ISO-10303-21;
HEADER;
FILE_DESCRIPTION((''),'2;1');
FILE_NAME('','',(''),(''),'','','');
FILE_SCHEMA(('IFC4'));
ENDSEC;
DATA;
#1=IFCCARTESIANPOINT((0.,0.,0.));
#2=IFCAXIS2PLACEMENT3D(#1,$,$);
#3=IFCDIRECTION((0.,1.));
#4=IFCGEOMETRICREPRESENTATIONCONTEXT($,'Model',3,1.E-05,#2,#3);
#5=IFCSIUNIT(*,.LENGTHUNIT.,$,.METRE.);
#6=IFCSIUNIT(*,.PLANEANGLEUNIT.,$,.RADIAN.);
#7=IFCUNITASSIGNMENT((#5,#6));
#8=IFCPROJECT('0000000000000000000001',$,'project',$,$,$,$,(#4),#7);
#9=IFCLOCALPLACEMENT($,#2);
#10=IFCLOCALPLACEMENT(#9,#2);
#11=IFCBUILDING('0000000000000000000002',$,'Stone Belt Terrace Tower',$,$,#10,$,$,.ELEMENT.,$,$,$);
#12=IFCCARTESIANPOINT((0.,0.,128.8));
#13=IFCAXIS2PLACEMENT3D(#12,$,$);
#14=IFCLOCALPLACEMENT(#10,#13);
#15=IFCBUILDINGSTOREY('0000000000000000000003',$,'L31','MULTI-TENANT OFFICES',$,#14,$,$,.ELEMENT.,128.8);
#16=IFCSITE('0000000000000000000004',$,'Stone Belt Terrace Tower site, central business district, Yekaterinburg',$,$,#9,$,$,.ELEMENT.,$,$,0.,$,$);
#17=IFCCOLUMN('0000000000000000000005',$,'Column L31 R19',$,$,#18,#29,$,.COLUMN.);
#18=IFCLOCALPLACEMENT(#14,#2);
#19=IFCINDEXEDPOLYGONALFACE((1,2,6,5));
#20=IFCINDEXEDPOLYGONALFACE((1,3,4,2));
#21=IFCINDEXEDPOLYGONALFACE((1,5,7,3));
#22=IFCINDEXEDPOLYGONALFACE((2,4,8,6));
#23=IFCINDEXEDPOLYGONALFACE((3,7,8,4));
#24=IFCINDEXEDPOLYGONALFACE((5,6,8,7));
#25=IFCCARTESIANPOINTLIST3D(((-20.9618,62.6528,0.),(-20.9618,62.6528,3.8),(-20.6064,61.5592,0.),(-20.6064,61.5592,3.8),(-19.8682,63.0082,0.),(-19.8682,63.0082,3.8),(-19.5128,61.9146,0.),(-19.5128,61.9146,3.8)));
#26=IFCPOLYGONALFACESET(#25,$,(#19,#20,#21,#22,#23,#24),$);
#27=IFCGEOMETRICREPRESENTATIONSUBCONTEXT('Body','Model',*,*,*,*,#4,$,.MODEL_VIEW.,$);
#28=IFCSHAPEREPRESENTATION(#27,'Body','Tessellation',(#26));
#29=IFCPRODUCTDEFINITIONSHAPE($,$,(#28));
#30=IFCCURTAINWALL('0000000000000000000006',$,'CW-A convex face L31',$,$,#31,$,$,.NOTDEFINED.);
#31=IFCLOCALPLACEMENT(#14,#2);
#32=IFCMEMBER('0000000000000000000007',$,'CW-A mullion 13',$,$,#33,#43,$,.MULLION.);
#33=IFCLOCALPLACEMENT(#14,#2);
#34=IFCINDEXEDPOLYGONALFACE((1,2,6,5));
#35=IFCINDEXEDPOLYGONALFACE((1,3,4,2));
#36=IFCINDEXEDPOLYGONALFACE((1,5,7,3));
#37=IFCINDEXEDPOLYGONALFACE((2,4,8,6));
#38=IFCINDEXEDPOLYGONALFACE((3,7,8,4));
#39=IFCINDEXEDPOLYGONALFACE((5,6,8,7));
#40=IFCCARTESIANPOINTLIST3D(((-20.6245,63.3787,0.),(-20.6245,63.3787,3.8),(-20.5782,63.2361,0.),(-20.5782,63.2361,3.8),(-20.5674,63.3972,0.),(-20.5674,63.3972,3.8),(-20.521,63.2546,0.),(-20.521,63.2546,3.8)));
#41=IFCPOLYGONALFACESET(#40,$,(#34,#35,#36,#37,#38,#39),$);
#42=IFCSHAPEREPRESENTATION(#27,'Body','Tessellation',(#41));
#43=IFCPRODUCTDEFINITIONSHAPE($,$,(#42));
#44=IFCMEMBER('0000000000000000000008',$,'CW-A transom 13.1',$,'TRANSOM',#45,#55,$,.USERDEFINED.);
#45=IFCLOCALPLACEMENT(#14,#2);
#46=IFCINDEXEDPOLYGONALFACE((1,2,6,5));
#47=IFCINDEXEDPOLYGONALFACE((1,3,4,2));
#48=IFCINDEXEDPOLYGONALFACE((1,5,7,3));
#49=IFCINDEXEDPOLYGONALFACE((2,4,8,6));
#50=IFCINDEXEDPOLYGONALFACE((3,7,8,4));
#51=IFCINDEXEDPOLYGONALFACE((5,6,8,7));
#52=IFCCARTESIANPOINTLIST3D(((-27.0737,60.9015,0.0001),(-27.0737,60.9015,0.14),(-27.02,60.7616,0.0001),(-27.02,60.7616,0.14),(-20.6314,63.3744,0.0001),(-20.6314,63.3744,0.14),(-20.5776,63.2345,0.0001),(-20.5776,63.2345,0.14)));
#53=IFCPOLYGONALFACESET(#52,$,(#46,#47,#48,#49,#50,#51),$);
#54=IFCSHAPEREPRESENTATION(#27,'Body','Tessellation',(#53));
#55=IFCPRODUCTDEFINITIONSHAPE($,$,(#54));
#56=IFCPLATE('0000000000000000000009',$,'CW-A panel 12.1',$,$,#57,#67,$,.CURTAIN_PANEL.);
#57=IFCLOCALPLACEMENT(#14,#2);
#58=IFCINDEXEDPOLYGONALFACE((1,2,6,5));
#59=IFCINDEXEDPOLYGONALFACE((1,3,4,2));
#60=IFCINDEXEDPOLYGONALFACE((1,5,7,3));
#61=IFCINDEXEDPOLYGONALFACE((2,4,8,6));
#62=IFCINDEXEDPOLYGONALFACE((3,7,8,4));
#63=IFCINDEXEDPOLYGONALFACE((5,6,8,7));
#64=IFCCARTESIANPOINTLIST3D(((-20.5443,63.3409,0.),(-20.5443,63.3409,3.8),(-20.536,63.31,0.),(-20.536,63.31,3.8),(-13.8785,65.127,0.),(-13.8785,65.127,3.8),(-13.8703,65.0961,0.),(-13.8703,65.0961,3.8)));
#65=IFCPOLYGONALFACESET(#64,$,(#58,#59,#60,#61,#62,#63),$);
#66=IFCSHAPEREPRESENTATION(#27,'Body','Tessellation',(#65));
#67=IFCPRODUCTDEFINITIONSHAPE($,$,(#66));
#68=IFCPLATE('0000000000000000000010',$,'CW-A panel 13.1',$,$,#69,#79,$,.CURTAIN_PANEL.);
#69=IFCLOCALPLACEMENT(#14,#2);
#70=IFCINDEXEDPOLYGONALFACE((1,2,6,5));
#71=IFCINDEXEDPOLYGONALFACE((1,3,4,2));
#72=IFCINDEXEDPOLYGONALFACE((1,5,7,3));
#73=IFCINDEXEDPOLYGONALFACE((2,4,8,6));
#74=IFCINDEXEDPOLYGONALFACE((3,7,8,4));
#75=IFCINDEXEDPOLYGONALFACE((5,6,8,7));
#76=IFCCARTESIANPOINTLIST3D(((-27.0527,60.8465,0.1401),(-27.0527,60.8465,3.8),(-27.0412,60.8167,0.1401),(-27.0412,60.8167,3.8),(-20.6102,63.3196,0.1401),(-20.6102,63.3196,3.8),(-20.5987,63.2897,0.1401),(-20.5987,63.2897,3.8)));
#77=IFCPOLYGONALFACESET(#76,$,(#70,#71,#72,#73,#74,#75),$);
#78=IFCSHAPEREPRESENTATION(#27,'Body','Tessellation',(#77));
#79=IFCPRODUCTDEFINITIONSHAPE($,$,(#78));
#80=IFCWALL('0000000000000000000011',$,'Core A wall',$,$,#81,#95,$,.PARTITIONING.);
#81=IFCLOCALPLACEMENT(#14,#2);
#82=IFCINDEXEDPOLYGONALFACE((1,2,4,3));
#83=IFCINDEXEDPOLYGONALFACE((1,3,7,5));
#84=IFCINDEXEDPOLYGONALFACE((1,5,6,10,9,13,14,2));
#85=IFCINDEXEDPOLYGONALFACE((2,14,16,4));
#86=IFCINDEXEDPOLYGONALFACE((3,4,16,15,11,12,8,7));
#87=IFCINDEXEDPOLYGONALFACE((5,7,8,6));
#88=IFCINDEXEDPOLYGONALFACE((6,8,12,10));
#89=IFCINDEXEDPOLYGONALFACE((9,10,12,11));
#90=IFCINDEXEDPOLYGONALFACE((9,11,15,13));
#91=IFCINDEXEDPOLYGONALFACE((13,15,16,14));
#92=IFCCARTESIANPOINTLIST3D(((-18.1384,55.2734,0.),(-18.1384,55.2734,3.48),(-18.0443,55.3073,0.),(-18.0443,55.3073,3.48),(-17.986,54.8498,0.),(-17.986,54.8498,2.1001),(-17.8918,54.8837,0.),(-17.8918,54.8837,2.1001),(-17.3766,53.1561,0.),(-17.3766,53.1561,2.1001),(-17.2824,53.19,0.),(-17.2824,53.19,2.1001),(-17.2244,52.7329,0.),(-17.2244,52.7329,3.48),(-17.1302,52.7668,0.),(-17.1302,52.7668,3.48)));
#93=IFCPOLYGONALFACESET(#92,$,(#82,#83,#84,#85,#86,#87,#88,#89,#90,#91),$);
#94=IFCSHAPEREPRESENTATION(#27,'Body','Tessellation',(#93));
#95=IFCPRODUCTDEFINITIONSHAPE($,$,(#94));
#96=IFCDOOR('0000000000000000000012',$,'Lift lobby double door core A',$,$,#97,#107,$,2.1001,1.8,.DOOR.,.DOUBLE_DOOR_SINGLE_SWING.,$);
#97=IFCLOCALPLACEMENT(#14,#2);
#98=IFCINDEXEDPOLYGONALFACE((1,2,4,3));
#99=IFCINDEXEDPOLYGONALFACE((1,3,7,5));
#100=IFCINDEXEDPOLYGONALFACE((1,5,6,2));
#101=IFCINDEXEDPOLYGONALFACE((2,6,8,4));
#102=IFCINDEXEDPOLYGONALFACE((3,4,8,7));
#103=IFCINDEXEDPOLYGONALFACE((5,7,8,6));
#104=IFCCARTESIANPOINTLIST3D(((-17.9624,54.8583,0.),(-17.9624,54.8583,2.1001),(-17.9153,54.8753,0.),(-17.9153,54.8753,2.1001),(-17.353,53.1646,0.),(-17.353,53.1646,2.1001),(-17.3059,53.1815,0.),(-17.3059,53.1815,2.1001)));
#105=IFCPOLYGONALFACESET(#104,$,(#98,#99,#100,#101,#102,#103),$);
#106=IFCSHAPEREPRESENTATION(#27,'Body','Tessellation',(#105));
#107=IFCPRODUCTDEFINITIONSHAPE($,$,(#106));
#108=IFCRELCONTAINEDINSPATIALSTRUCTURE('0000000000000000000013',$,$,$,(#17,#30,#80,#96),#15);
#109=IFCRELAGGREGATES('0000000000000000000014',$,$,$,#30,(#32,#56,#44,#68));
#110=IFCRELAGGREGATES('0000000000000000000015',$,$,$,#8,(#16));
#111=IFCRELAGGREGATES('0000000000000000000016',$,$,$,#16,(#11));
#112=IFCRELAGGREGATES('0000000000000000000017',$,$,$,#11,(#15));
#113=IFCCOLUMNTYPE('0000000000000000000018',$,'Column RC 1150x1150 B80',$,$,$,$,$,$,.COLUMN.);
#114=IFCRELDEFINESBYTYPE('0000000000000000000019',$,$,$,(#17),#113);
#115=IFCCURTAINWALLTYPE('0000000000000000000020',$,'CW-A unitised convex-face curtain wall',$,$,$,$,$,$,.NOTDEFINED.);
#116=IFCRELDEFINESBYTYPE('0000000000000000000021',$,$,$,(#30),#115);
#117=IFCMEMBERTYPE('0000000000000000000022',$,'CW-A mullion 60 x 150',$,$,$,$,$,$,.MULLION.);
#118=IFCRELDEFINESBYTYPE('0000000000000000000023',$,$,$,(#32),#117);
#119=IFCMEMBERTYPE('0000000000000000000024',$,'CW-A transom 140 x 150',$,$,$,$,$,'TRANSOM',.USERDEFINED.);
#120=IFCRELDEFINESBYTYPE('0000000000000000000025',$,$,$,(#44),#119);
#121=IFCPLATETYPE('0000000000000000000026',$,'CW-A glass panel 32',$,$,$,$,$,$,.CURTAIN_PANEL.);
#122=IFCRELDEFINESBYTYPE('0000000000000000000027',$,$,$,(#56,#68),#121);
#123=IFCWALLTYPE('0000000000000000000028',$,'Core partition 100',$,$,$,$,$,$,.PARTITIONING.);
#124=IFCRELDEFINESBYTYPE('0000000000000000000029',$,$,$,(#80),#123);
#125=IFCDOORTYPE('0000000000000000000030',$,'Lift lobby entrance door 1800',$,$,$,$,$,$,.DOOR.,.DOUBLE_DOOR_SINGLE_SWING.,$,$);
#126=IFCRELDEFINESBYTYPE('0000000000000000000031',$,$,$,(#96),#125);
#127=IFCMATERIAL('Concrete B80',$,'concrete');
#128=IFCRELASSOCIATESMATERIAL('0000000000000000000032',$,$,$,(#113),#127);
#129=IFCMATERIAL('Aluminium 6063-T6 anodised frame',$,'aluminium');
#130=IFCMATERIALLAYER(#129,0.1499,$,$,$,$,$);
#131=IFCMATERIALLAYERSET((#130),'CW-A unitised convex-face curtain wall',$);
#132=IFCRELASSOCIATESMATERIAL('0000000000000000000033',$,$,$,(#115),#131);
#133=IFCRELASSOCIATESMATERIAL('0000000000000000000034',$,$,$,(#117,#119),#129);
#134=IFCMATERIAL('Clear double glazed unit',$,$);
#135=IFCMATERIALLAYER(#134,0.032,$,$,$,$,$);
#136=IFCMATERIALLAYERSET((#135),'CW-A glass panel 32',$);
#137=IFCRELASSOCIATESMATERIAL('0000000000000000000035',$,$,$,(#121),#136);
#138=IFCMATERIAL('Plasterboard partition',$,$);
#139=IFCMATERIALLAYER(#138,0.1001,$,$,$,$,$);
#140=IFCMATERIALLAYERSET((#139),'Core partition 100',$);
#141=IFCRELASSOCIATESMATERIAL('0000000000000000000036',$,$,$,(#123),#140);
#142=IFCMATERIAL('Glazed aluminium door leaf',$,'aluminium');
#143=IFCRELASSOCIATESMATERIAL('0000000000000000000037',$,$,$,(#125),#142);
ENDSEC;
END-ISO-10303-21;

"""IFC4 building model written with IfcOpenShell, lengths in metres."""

from ifc_helpers import new_model, si_unit, direction, frame, frame_2d, origin, origin_2d, place, context, subcontext, project, spatial, rectangle, extrude, material, layer, layer_set, material_profile, profile_set, type_object, element, fill, aggregate, save


model = new_model("IFC4")

# Units and contexts
model_context = context("Model", 3, precision=1e-05, world=origin(), true_north=direction((0.0, 1.0)))
body_context = subcontext(model_context, "Body", "Model", "MODEL_VIEW")
ifc_project = project(units=[si_unit("LENGTHUNIT", "METRE"), si_unit("PLANEANGLEUNIT", "RADIAN")], contexts=[model_context])

# Site, building, storey
site_placement = place(None, origin())
site = spatial("IfcSite", under=ifc_project, at=site_placement, Name="Stone Belt Terrace Tower site, central business district, Yekaterinburg", CompositionType="ELEMENT", RefElevation=0.0)
building_placement = place(site_placement, origin())
building = spatial("IfcBuilding", under=site, at=building_placement, Name="Stone Belt Terrace Tower", CompositionType="ELEMENT")
storey_placement = place(building_placement, frame((0.0, 0.0, 128.8)))
storey = spatial("IfcBuildingStorey", under=building, at=storey_placement, Name="L31", Description="MULTI-TENANT OFFICES", CompositionType="ELEMENT", Elevation=128.8)

# Column
ifc_material_1 = material(Name="Concrete B80", Category="concrete")
ifc_material_profile_1 = material_profile(ifc_material_1, rectangle(XDim=1.1499, YDim=1.1499, at=origin_2d()), Name="RC 1150x1150")
ifc_profile_set_1 = profile_set([ifc_material_profile_1], Name="Concrete B80")
column_type = type_object("IfcColumnType", Name="Column RC 1150x1150 B80", PredefinedType="COLUMN", material=ifc_profile_set_1)
column_placement = place(storey_placement, frame((-20.2373, 62.2837, 0.0), z_axis=(0.0, 0.0, 1.0), x_axis=(0.951057, 0.309017, 0.0)))
element("IfcColumn", 1, at=column_placement, inside=storey, type_object=column_type, Name="Column L31 R19", PredefinedType="COLUMN", context=body_context, shape_type="SweptSolid", body=[
    extrude(rectangle(XDim=1.1499, YDim=1.1499, at=origin_2d()), origin(), (0.0, 0.0, 1.0), 3.8),
])

# Curtain wall, members, plates
ifc_material_2 = material(Name="Aluminium 6063-T6 anodised frame", Category="aluminium")
ifc_layer_1 = layer(ifc_material_2, 0.1499)
ifc_layer_set_1 = layer_set([ifc_layer_1], Name="CW-A unitised convex-face curtain wall")
curtain_wall_type = type_object("IfcCurtainWallType", Name="CW-A unitised convex-face curtain wall", PredefinedType="NOTDEFINED", material=ifc_layer_set_1)
curtain_wall_placement = place(storey_placement, origin())
curtain_wall = element("IfcCurtainWall", 2, at=curtain_wall_placement, inside=storey, type_object=curtain_wall_type, Name="CW-A convex face L31", PredefinedType="NOTDEFINED")
ifc_material_profile_2 = material_profile(ifc_material_2, rectangle(XDim=0.1499, YDim=0.0601, at=origin_2d()), Name="Aluminium 6063-T6 60x150")
ifc_profile_set_2 = profile_set([ifc_material_profile_2], Name="Aluminium 6063-T6 anodised frame")
member_type_1 = type_object("IfcMemberType", Name="CW-A mullion 60 x 150", PredefinedType="MULLION", material=ifc_profile_set_2)
member_1_placement = place(storey_placement, frame((-20.5728, 63.3167, 0.0), z_axis=(0.0, 0.0, 1.0), x_axis=(0.309017, -0.951057, 0.0)))
member_1 = element("IfcMember", 3, at=member_1_placement, type_object=member_type_1, Name="CW-A mullion 13", PredefinedType="MULLION", context=body_context, shape_type="SweptSolid", body=[
    extrude(rectangle(XDim=0.1499, YDim=0.0601, at=origin_2d()), origin(), (0.0, 0.0, 1.0), 3.8),
])
ifc_material_profile_3 = material_profile(ifc_material_2, rectangle(XDim=0.1499, YDim=0.1399, at=origin_2d()), Name="Aluminium 6063-T6 150x140")
ifc_profile_set_3 = profile_set([ifc_material_profile_3], Name="Aluminium 6063-T6 anodised frame")
member_type_2 = type_object("IfcMemberType", Name="CW-A transom 140 x 150", ElementType="TRANSOM", PredefinedType="USERDEFINED", material=ifc_profile_set_3)
member_2_placement = place(storey_placement, frame((-20.6045, 63.3044, 0.0701), z_axis=(-0.933585, -0.358355, 0.0), x_axis=(0.358355, -0.933585, 0.0)))
member_2 = element("IfcMember", 4, at=member_2_placement, type_object=member_type_2, Name="CW-A transom 13.1", ObjectType="TRANSOM", PredefinedType="USERDEFINED", context=body_context, shape_type="SweptSolid", body=[
    extrude(rectangle(XDim=0.1499, YDim=0.1399, at=origin_2d()), origin(), (0.0, 0.0, 1.0), 6.9006),
])
ifc_material_3 = material(Name="Clear double glazed unit")
ifc_layer_2 = layer(ifc_material_3, 0.032)
ifc_layer_set_2 = layer_set([ifc_layer_2], Name="CW-A glass panel 32")
plate_type = type_object("IfcPlateType", Name="CW-A glass panel 32", PredefinedType="CURTAIN_PANEL", material=ifc_layer_set_2)
plate_1_placement = place(storey_placement, frame((-17.2073, 64.2185, 0.0), z_axis=(0.0, 0.0, 1.0), x_axis=(-0.965926, -0.258819, 0.0)))
plate_1 = element("IfcPlate", 5, at=plate_1_placement, type_object=plate_type, Name="CW-A panel 12.1", PredefinedType="CURTAIN_PANEL", context=body_context, shape_type="SweptSolid", body=[
    extrude(rectangle(XDim=6.9009, YDim=0.032, at=origin_2d()), origin(), (0.0, 0.0, 1.0), 3.8),
])
plate_2_placement = place(storey_placement, frame((-23.8257, 62.0681, 0.1401), z_axis=(0.0, 0.0, 1.0), x_axis=(-0.93358, -0.358368, 0.0)))
plate_2 = element("IfcPlate", 6, at=plate_2_placement, type_object=plate_type, Name="CW-A panel 13.1", PredefinedType="CURTAIN_PANEL", context=body_context, shape_type="SweptSolid", body=[
    extrude(rectangle(XDim=6.9009, YDim=0.032, at=origin_2d()), origin(), (0.0, 0.0, 1.0), 3.6599),
])
aggregate(curtain_wall, [member_1, plate_1, member_2, plate_2])

# Wall, opening, door
ifc_material_4 = material(Name="Plasterboard partition")
ifc_layer_3 = layer(ifc_material_4, 0.1001)
ifc_layer_set_3 = layer_set([ifc_layer_3], Name="Core partition 100")
wall_type_1 = type_object("IfcWallType", Name="Core partition 100", PredefinedType="PARTITIONING", material=ifc_layer_set_3)
wall_1_placement = place(storey_placement, frame((-17.1772, 52.7498, 0.0), z_axis=(0.0, 0.0, 1.0), x_axis=(-0.338547, 0.94095, 0.0)))
wall_1 = element("IfcWall", 7, at=wall_1_placement, inside=storey, type_object=wall_type_1, Name="Core A wall", PredefinedType="PARTITIONING", context=body_context, shape_type="SweptSolid", body=[
    extrude(rectangle(XDim=2.7, YDim=0.1001, at=frame_2d((1.3501, 0.0))), origin(), (0.0, 0.0, 1.0), 3.48),
])
opening_1_placement = place(wall_1_placement, frame((0.45, 0.0, 0.0)))
opening_1 = element("IfcOpeningElement", 8, at=opening_1_placement, cuts=wall_1, PredefinedType="OPENING", context=body_context, shape_type="SweptSolid", body=[
    extrude(rectangle(XDim=1.8, YDim=2.1001, at=frame_2d((0.8999, 1.05))), frame((0.0, 0.0601, 0.0), z_axis=(0.0, -1.0, 0.0), x_axis=(1.0, 0.0, 0.0)), (0.0, 0.0, 1.0), 0.1201),
])
ifc_material_5 = material(Name="Glazed aluminium door leaf", Category="aluminium")
door_type_1 = type_object("IfcDoorType", Name="Lift lobby entrance door 1800", OperationType="DOUBLE_DOOR_SINGLE_SWING", PredefinedType="DOOR", material=ifc_material_5)
door_1_placement = place(opening_1_placement, origin())
door_1 = element("IfcDoor", 9, at=door_1_placement, inside=storey, type_object=door_type_1, Name="Lift lobby double door core A", OperationType="DOUBLE_DOOR_SINGLE_SWING", OverallHeight=2.1001, OverallWidth=1.8, PredefinedType="DOOR", context=body_context, shape_type="SweptSolid", body=[
    extrude(rectangle(XDim=1.8, YDim=2.1001, at=frame_2d((0.8999, 1.05))), frame((0.0, 0.0249, 0.0), z_axis=(0.0, -1.0, 0.0), x_axis=(1.0, 0.0, 0.0)), (0.0, 0.0, 1.0), 0.05),
])
fill(opening_1, door_1)

save(model, "model.ifc")
